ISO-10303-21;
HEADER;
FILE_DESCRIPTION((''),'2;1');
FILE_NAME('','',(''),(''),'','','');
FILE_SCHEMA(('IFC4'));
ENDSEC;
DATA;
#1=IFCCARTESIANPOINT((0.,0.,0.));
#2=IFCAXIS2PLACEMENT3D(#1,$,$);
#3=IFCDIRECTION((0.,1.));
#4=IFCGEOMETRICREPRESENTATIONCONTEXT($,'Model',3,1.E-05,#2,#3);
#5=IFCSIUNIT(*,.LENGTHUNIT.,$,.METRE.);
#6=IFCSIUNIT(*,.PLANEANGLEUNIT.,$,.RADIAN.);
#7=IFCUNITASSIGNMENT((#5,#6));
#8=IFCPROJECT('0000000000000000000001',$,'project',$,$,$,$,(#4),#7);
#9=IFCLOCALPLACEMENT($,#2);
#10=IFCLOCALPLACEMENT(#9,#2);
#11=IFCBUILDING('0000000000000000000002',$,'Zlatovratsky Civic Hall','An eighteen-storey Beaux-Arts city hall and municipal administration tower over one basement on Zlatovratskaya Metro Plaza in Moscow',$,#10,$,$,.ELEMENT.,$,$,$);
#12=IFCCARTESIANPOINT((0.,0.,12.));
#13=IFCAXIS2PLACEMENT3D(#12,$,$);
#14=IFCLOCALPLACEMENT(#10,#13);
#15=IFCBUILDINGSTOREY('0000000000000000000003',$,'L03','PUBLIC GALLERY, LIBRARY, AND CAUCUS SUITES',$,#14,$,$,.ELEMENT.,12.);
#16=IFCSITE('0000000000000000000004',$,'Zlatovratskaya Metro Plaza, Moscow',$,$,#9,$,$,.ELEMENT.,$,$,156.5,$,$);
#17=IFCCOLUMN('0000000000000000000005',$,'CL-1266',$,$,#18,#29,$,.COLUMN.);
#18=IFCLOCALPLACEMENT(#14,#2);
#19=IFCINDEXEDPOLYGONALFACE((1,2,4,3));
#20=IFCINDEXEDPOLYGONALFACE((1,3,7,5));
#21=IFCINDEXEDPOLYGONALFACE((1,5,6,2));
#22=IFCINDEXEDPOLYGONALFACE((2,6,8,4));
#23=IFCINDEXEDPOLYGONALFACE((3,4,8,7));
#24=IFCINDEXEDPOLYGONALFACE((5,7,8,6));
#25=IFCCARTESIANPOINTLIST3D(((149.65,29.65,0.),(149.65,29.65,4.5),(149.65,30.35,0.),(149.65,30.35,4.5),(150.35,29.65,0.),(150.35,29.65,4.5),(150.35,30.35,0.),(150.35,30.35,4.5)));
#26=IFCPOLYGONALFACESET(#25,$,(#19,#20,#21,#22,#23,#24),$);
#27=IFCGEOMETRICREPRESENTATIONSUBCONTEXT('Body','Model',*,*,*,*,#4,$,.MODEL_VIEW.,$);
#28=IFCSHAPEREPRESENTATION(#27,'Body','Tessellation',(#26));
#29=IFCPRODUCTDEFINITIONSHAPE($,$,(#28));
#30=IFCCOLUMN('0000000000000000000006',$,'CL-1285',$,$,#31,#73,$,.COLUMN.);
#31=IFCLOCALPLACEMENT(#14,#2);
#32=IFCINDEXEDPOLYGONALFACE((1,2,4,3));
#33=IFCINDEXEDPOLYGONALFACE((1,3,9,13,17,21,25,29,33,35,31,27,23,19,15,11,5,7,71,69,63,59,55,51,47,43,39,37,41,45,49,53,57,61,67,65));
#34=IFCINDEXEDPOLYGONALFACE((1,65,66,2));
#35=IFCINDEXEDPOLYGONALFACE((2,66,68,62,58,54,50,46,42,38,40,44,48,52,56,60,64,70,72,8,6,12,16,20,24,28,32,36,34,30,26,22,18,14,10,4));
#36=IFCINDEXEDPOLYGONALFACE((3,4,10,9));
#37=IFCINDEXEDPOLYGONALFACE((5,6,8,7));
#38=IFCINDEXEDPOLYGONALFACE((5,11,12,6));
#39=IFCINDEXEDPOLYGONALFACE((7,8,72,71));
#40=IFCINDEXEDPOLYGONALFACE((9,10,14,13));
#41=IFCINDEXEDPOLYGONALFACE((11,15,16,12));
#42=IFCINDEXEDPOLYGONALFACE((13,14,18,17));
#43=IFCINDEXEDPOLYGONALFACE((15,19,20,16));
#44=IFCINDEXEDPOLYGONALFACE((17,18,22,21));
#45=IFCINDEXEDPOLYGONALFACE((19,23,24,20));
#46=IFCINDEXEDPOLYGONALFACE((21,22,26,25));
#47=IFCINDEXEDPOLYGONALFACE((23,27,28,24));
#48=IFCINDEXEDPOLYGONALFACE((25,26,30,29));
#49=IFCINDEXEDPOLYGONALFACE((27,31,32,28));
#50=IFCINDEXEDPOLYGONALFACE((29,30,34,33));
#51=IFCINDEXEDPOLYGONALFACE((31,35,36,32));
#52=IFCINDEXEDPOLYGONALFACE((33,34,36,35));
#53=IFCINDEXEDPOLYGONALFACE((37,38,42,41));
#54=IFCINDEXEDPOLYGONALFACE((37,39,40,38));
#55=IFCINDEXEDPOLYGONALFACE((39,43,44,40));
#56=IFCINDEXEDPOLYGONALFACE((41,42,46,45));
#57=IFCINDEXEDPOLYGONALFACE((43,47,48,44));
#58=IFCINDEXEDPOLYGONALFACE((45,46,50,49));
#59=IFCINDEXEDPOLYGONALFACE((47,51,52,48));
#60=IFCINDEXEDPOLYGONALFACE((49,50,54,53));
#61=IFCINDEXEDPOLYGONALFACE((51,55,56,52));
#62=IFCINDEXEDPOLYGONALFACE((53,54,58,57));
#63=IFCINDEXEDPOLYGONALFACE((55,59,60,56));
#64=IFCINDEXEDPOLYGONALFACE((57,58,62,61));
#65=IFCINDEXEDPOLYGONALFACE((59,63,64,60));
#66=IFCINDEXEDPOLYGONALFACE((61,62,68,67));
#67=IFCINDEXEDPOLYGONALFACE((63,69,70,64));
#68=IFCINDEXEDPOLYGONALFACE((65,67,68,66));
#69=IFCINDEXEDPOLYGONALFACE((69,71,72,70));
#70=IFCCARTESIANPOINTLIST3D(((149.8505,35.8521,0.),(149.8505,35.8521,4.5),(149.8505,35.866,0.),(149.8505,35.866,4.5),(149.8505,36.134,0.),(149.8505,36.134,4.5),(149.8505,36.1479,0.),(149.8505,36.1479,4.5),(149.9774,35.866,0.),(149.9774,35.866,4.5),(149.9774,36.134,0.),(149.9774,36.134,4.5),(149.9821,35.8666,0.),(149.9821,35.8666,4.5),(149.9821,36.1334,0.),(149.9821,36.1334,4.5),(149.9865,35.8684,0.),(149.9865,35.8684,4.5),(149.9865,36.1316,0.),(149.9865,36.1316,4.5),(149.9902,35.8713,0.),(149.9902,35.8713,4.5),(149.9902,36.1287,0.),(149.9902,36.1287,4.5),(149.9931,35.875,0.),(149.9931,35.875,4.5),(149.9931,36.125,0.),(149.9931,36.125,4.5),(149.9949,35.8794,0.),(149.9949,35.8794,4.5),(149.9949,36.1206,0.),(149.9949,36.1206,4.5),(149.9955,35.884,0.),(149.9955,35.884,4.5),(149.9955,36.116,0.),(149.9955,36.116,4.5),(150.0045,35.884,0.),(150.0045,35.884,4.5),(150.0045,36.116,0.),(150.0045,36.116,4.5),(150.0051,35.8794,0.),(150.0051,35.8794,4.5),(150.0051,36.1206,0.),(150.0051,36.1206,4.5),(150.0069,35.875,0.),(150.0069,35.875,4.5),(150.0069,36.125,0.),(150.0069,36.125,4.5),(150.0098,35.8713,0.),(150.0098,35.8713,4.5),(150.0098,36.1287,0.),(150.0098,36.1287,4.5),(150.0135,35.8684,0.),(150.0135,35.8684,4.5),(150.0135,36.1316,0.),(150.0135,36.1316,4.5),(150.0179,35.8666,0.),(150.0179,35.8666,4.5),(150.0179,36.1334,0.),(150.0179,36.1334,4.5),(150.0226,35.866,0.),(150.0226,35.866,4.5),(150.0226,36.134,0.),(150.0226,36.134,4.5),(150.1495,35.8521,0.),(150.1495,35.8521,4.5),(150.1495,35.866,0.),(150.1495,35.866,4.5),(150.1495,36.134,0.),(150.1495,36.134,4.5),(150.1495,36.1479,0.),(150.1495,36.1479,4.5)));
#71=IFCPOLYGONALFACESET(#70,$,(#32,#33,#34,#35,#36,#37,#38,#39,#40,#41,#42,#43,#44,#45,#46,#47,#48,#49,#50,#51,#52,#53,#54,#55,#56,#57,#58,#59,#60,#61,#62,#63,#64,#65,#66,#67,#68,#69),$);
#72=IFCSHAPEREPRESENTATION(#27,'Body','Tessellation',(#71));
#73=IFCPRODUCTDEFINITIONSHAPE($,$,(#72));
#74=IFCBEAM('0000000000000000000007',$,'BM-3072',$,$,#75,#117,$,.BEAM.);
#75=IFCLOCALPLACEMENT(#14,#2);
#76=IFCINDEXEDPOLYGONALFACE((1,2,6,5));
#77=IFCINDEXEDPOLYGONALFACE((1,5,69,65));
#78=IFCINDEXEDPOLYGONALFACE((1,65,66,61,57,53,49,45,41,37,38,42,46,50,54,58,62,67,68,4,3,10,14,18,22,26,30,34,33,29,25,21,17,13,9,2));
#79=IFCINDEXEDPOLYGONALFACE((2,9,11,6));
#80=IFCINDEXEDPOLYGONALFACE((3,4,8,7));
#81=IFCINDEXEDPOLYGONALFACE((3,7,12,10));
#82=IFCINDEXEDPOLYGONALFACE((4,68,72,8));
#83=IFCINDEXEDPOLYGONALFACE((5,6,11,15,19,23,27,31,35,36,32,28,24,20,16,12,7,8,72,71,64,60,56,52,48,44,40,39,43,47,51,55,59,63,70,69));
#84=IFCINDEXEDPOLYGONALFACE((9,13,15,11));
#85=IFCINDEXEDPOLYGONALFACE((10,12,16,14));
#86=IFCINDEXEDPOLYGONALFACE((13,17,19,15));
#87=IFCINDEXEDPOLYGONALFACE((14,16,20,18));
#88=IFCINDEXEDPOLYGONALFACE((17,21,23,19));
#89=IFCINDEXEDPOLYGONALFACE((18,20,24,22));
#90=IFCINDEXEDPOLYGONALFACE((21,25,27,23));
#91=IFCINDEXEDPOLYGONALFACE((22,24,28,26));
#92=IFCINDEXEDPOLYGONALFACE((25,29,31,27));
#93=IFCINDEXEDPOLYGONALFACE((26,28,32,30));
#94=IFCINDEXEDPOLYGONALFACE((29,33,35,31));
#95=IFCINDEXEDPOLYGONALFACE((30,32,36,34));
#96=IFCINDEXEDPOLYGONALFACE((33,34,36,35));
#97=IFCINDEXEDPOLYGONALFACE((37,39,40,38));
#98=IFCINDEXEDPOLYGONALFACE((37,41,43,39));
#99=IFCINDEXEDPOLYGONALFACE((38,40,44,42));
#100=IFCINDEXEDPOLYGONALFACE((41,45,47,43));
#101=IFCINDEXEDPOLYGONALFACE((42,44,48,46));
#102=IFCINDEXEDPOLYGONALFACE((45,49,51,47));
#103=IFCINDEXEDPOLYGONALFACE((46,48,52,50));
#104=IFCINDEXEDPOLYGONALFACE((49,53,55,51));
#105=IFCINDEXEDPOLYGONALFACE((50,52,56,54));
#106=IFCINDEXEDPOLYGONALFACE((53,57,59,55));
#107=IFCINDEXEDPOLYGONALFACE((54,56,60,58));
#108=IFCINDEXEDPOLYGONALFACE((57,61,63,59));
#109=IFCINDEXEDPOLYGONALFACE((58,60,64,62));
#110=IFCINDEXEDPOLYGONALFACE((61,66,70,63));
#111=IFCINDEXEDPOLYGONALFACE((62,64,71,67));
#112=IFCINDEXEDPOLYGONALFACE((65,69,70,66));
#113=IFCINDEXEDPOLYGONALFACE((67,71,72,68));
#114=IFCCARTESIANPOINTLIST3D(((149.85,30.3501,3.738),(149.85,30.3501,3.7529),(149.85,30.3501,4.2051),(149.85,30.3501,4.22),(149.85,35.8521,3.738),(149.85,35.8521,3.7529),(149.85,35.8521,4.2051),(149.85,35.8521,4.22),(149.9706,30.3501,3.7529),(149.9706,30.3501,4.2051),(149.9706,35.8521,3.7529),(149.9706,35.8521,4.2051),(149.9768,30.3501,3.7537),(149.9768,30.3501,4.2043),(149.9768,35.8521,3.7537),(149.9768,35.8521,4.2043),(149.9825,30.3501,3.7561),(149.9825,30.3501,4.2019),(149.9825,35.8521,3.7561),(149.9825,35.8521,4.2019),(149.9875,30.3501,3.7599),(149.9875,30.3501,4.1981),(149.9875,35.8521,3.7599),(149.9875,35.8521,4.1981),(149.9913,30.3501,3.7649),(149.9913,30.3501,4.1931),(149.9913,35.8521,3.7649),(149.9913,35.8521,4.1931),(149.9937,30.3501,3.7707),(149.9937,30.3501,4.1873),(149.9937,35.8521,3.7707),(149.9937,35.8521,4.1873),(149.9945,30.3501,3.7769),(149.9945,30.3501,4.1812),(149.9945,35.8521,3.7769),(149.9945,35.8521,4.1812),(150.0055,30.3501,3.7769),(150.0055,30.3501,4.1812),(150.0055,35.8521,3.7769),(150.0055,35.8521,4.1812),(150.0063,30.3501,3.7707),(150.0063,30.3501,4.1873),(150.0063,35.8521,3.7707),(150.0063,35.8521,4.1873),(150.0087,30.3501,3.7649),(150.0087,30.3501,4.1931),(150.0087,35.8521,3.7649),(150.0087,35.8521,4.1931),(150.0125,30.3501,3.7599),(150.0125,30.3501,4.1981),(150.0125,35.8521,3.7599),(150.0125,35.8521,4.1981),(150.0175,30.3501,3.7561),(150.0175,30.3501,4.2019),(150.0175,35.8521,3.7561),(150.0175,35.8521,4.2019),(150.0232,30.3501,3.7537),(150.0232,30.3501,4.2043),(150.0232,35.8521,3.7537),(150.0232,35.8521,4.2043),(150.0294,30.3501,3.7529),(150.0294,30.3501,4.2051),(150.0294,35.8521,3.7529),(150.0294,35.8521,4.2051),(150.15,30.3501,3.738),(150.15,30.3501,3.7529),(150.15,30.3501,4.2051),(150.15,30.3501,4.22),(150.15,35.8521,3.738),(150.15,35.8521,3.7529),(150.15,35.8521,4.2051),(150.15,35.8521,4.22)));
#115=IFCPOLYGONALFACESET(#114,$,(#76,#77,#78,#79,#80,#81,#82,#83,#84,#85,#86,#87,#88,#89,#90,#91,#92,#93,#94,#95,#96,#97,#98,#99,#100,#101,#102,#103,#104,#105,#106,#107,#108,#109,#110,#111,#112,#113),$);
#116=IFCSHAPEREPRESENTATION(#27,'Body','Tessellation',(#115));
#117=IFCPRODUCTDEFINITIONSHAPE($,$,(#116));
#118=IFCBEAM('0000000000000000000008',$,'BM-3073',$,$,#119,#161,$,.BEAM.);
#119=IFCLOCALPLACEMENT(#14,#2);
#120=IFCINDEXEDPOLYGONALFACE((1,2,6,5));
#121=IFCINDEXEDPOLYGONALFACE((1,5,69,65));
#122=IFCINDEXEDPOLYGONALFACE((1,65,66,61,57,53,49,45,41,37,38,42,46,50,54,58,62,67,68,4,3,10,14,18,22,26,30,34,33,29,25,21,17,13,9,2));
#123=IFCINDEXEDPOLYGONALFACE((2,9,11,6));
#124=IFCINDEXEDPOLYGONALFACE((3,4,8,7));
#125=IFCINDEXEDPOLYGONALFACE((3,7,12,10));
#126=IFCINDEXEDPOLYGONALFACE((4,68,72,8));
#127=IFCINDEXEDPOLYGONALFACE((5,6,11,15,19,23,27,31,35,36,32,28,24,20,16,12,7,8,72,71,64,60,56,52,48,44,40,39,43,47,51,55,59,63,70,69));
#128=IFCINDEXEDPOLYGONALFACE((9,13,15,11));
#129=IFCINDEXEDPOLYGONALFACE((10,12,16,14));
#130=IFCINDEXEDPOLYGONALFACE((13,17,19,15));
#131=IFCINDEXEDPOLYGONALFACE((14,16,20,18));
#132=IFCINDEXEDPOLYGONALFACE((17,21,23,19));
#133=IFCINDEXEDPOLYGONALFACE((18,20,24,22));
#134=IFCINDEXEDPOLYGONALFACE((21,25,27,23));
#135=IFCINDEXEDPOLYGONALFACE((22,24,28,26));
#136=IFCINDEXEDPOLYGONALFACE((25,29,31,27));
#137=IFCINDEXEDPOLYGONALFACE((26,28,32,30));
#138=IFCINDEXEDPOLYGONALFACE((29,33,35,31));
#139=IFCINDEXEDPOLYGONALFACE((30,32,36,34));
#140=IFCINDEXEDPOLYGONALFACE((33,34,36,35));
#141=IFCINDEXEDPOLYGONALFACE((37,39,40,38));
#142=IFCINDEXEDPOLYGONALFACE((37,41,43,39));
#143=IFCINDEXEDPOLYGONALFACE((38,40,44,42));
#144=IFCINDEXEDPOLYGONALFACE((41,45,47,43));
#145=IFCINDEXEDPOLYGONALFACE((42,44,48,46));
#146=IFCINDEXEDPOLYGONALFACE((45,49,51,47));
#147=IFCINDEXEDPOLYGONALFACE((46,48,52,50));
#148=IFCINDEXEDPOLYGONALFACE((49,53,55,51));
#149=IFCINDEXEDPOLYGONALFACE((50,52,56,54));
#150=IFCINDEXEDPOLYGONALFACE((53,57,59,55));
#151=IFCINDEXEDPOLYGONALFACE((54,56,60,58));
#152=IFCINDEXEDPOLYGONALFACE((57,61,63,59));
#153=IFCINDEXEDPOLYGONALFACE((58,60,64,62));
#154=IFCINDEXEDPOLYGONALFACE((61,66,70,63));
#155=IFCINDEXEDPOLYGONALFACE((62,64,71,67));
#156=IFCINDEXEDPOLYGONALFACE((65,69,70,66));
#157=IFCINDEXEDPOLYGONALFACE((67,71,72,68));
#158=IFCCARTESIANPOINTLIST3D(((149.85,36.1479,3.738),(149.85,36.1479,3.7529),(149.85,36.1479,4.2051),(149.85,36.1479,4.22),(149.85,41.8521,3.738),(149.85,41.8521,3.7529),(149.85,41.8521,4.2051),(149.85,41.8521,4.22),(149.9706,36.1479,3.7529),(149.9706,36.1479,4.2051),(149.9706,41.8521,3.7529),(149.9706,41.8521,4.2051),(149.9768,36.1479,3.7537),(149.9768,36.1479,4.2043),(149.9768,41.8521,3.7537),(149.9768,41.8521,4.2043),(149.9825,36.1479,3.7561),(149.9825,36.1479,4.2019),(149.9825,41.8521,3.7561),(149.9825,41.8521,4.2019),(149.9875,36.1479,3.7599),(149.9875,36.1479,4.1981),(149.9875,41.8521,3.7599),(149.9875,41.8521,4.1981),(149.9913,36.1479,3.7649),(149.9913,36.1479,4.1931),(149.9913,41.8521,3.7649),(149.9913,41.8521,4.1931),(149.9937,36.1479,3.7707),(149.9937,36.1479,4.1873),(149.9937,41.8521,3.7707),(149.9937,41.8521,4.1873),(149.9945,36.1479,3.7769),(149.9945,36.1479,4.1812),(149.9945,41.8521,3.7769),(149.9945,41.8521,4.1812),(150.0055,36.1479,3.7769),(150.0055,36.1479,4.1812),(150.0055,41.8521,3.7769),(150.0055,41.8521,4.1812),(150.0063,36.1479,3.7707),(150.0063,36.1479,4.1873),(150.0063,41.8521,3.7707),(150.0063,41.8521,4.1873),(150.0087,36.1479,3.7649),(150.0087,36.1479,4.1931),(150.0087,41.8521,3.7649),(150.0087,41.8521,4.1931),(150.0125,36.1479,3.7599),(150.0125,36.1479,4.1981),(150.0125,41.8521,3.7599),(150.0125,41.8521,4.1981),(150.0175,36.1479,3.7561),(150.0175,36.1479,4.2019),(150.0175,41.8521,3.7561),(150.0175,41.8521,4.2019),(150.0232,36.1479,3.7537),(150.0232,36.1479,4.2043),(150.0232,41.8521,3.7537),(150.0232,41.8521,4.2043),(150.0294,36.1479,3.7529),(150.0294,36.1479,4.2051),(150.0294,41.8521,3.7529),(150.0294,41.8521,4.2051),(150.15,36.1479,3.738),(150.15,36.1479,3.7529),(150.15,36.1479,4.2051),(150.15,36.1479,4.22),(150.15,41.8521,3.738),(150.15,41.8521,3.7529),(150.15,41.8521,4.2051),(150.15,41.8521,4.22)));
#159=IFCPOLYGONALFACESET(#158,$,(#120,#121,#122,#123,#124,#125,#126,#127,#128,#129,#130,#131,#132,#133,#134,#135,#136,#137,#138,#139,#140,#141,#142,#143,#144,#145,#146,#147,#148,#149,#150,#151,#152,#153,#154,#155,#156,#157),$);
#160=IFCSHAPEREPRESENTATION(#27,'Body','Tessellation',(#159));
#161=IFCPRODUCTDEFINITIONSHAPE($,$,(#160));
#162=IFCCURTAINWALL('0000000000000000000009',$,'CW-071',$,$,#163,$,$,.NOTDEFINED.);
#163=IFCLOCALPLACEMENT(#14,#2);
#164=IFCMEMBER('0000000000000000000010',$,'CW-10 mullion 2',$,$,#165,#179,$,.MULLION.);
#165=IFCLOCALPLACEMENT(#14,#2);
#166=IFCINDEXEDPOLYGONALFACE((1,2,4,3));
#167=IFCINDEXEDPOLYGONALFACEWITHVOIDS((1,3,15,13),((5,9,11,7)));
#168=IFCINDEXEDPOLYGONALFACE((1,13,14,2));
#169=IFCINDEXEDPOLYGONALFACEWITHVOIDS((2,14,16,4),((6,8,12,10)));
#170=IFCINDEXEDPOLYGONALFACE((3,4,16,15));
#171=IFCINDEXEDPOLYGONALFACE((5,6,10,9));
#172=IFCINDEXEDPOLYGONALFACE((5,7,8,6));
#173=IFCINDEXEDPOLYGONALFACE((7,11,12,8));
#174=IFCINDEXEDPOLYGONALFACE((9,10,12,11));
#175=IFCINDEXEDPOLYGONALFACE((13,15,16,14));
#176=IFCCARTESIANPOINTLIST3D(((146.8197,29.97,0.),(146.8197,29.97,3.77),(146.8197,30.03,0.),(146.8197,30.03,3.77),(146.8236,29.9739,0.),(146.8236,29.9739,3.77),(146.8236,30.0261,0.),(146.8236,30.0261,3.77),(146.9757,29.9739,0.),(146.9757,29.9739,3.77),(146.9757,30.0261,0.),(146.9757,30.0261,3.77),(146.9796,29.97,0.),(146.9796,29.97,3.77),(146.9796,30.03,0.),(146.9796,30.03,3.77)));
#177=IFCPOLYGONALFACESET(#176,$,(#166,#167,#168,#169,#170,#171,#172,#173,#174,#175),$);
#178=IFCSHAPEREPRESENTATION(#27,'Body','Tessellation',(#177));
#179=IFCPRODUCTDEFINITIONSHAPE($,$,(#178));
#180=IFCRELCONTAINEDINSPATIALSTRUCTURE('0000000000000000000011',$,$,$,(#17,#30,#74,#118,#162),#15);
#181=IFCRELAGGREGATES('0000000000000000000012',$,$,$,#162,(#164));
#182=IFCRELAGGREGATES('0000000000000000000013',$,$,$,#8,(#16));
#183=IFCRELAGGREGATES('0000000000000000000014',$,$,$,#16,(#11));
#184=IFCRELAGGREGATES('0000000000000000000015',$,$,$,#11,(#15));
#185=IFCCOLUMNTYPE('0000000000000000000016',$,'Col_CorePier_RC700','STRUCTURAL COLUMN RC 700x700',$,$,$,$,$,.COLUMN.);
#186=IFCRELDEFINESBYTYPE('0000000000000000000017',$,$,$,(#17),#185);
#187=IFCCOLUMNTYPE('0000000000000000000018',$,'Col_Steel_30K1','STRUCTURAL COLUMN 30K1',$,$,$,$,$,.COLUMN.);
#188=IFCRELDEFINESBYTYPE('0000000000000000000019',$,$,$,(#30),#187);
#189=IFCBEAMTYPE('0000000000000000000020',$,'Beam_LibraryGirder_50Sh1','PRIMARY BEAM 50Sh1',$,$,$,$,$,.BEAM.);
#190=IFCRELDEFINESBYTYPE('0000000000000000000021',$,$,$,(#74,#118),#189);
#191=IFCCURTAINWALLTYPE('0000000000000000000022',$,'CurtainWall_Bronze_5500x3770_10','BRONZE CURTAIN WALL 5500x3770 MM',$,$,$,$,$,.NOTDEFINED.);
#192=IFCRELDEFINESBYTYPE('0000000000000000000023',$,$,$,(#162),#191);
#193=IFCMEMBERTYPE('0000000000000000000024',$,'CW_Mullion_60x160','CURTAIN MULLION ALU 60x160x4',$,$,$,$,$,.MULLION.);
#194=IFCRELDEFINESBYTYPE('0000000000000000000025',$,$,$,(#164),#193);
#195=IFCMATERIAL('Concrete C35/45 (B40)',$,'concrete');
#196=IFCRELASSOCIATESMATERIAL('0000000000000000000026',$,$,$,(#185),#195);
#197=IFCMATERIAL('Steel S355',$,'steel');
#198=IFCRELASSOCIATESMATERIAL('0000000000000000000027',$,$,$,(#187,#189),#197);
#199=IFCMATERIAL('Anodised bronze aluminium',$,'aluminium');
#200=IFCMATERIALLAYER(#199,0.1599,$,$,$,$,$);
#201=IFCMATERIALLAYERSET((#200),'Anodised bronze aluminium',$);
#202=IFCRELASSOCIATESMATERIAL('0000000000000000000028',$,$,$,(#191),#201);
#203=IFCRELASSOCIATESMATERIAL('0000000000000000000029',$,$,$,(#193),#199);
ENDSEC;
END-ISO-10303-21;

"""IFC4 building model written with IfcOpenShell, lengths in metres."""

from ifc_helpers import new_model, si_unit, direction, frame, origin, origin_2d, place, context, subcontext, project, spatial, rectangle, hollow_rectangle, i_section, extrude, material, layer, layer_set, material_profile, profile_set, type_object, element, aggregate, save


model = new_model("IFC4")

# Units and contexts
model_context = context("Model", 3, precision=1e-05, world=origin(), true_north=direction((0.0, 1.0)))
body_context = subcontext(model_context, "Body", "Model", "MODEL_VIEW")
ifc_project = project(units=[si_unit("LENGTHUNIT", "METRE"), si_unit("PLANEANGLEUNIT", "RADIAN")], contexts=[model_context])

# Site, building, storey
site_placement = place(None, origin())
site = spatial("IfcSite", under=ifc_project, at=site_placement, Name="Zlatovratskaya Metro Plaza, Moscow", CompositionType="ELEMENT", RefElevation=156.5)
building_placement = place(site_placement, origin())
building = spatial("IfcBuilding", under=site, at=building_placement, Name="Zlatovratsky Civic Hall", Description="An eighteen-storey Beaux-Arts city hall and municipal administration tower over one basement on Zlatovratskaya Metro Plaza in Moscow", CompositionType="ELEMENT")
storey_placement = place(building_placement, frame((0.0, 0.0, 12.0)))
storey = spatial("IfcBuildingStorey", under=building, at=storey_placement, Name="L03", Description="PUBLIC GALLERY, LIBRARY, AND CAUCUS SUITES", CompositionType="ELEMENT", Elevation=12.0)

# Columns
ifc_material_1 = material(Name="Concrete C35/45 (B40)", Category="concrete")
ifc_material_profile_1 = material_profile(ifc_material_1, rectangle(XDim=0.7, YDim=0.7, at=origin_2d()), Name="RC 700x700")
ifc_profile_set_1 = profile_set([ifc_material_profile_1], Name="Concrete C35/45 (B40)")
column_type_1 = type_object("IfcColumnType", Name="Col_CorePier_RC700", Description="STRUCTURAL COLUMN RC 700x700", PredefinedType="COLUMN", material=ifc_profile_set_1)
column_1_placement = place(storey_placement, frame((150.0, 30.0, 0.0), z_axis=(0.0, 0.0, 1.0), x_axis=(1.0, 0.0, 0.0)))
element("IfcColumn", 1, at=column_1_placement, inside=storey, type_object=column_type_1, Name="CL-1266", PredefinedType="COLUMN", context=body_context, shape_type="SweptSolid", body=[
    extrude(rectangle(XDim=0.7, YDim=0.7, at=origin_2d()), origin(), (0.0, 0.0, 1.0), 4.5),
])
ifc_material_2 = material(Name="Steel S355", Category="steel")
ifc_material_profile_2 = material_profile(ifc_material_2, i_section(OverallWidth=0.2991, OverallDepth=0.2959, WebThickness=0.009, FlangeThickness=0.0139, FilletRadius=0.0181, at=origin_2d()), Name="30K1")
ifc_profile_set_2 = profile_set([ifc_material_profile_2], Name="Steel S355")
column_type_2 = type_object("IfcColumnType", Name="Col_Steel_30K1", Description="STRUCTURAL COLUMN 30K1", PredefinedType="COLUMN", material=ifc_profile_set_2)
column_2_placement = place(storey_placement, frame((150.0, 36.0, 0.0), z_axis=(0.0, 0.0, 1.0), x_axis=(1.0, 0.0, 0.0)))
element("IfcColumn", 2, at=column_2_placement, inside=storey, type_object=column_type_2, Name="CL-1285", PredefinedType="COLUMN", context=body_context, shape_type="SweptSolid", body=[
    extrude(i_section(OverallWidth=0.2991, OverallDepth=0.2959, WebThickness=0.009, FlangeThickness=0.0139, FilletRadius=0.0181, at=origin_2d()), origin(), (0.0, 0.0, 1.0), 4.5),
])

# Beams
ifc_material_profile_3 = material_profile(ifc_material_2, i_section(OverallWidth=0.3, OverallDepth=0.4819, WebThickness=0.011, FlangeThickness=0.0149, FilletRadius=0.0239, at=origin_2d()), Name="50Sh1")
ifc_profile_set_3 = profile_set([ifc_material_profile_3], Name="Steel S355")
beam_type = type_object("IfcBeamType", Name="Beam_LibraryGirder_50Sh1", Description="PRIMARY BEAM 50Sh1", PredefinedType="BEAM", material=ifc_profile_set_3)
beam_1_placement = place(storey_placement, frame((150.0, 30.3501, 3.979), z_axis=(0.0, 1.0, 0.0), x_axis=(-1.0, 0.0, 0.0)))
element("IfcBeam", 3, at=beam_1_placement, inside=storey, type_object=beam_type, Name="BM-3072", PredefinedType="BEAM", context=body_context, shape_type="SweptSolid", body=[
    extrude(i_section(OverallWidth=0.3, OverallDepth=0.4819, WebThickness=0.011, FlangeThickness=0.0149, FilletRadius=0.0239, at=origin_2d()), origin(), (0.0, 0.0, 1.0), 5.502),
])
beam_2_placement = place(storey_placement, frame((150.0, 36.1479, 3.979), z_axis=(0.0, 1.0, 0.0), x_axis=(-1.0, 0.0, 0.0)))
element("IfcBeam", 4, at=beam_2_placement, inside=storey, type_object=beam_type, Name="BM-3073", PredefinedType="BEAM", context=body_context, shape_type="SweptSolid", body=[
    extrude(i_section(OverallWidth=0.3, OverallDepth=0.4819, WebThickness=0.011, FlangeThickness=0.0149, FilletRadius=0.0239, at=origin_2d()), origin(), (0.0, 0.0, 1.0), 5.7041),
])

# Curtain wall, member
ifc_material_3 = material(Name="Anodised bronze aluminium", Category="aluminium")
ifc_layer_1 = layer(ifc_material_3, 0.1599)
ifc_layer_set_1 = layer_set([ifc_layer_1], Name="Anodised bronze aluminium")
curtain_wall_type_1 = type_object("IfcCurtainWallType", Name="CurtainWall_Bronze_5500x3770_10", Description="BRONZE CURTAIN WALL 5500x3770 MM", PredefinedType="NOTDEFINED", material=ifc_layer_set_1)
curtain_wall_1_placement = place(storey_placement, origin())
curtain_wall_1 = element("IfcCurtainWall", 5, at=curtain_wall_1_placement, inside=storey, type_object=curtain_wall_type_1, Name="CW-071", PredefinedType="NOTDEFINED")
ifc_material_profile_4 = material_profile(ifc_material_3, hollow_rectangle(XDim=0.0601, YDim=0.1599, WallThickness=0.0039, at=origin_2d()), Name="ALU 60x160x4")
ifc_profile_set_4 = profile_set([ifc_material_profile_4], Name="Anodised bronze aluminium")
member_type_1 = type_object("IfcMemberType", Name="CW_Mullion_60x160", Description="CURTAIN MULLION ALU 60x160x4", PredefinedType="MULLION", material=ifc_profile_set_4)
member_1_placement = place(storey_placement, frame((146.8997, 30.0, 0.0), z_axis=(0.0, 0.0, 1.0), x_axis=(0.0, 1.0, 0.0)))
member_1 = element("IfcMember", 6, at=member_1_placement, type_object=member_type_1, Name="CW-10 mullion 2", PredefinedType="MULLION", context=body_context, shape_type="SweptSolid", body=[
    extrude(hollow_rectangle(XDim=0.0601, YDim=0.1599, WallThickness=0.0039, at=origin_2d()), origin(), (0.0, 0.0, 1.0), 3.77),
])

aggregate(curtain_wall_1, [member_1])

save(model, "model.ifc")
